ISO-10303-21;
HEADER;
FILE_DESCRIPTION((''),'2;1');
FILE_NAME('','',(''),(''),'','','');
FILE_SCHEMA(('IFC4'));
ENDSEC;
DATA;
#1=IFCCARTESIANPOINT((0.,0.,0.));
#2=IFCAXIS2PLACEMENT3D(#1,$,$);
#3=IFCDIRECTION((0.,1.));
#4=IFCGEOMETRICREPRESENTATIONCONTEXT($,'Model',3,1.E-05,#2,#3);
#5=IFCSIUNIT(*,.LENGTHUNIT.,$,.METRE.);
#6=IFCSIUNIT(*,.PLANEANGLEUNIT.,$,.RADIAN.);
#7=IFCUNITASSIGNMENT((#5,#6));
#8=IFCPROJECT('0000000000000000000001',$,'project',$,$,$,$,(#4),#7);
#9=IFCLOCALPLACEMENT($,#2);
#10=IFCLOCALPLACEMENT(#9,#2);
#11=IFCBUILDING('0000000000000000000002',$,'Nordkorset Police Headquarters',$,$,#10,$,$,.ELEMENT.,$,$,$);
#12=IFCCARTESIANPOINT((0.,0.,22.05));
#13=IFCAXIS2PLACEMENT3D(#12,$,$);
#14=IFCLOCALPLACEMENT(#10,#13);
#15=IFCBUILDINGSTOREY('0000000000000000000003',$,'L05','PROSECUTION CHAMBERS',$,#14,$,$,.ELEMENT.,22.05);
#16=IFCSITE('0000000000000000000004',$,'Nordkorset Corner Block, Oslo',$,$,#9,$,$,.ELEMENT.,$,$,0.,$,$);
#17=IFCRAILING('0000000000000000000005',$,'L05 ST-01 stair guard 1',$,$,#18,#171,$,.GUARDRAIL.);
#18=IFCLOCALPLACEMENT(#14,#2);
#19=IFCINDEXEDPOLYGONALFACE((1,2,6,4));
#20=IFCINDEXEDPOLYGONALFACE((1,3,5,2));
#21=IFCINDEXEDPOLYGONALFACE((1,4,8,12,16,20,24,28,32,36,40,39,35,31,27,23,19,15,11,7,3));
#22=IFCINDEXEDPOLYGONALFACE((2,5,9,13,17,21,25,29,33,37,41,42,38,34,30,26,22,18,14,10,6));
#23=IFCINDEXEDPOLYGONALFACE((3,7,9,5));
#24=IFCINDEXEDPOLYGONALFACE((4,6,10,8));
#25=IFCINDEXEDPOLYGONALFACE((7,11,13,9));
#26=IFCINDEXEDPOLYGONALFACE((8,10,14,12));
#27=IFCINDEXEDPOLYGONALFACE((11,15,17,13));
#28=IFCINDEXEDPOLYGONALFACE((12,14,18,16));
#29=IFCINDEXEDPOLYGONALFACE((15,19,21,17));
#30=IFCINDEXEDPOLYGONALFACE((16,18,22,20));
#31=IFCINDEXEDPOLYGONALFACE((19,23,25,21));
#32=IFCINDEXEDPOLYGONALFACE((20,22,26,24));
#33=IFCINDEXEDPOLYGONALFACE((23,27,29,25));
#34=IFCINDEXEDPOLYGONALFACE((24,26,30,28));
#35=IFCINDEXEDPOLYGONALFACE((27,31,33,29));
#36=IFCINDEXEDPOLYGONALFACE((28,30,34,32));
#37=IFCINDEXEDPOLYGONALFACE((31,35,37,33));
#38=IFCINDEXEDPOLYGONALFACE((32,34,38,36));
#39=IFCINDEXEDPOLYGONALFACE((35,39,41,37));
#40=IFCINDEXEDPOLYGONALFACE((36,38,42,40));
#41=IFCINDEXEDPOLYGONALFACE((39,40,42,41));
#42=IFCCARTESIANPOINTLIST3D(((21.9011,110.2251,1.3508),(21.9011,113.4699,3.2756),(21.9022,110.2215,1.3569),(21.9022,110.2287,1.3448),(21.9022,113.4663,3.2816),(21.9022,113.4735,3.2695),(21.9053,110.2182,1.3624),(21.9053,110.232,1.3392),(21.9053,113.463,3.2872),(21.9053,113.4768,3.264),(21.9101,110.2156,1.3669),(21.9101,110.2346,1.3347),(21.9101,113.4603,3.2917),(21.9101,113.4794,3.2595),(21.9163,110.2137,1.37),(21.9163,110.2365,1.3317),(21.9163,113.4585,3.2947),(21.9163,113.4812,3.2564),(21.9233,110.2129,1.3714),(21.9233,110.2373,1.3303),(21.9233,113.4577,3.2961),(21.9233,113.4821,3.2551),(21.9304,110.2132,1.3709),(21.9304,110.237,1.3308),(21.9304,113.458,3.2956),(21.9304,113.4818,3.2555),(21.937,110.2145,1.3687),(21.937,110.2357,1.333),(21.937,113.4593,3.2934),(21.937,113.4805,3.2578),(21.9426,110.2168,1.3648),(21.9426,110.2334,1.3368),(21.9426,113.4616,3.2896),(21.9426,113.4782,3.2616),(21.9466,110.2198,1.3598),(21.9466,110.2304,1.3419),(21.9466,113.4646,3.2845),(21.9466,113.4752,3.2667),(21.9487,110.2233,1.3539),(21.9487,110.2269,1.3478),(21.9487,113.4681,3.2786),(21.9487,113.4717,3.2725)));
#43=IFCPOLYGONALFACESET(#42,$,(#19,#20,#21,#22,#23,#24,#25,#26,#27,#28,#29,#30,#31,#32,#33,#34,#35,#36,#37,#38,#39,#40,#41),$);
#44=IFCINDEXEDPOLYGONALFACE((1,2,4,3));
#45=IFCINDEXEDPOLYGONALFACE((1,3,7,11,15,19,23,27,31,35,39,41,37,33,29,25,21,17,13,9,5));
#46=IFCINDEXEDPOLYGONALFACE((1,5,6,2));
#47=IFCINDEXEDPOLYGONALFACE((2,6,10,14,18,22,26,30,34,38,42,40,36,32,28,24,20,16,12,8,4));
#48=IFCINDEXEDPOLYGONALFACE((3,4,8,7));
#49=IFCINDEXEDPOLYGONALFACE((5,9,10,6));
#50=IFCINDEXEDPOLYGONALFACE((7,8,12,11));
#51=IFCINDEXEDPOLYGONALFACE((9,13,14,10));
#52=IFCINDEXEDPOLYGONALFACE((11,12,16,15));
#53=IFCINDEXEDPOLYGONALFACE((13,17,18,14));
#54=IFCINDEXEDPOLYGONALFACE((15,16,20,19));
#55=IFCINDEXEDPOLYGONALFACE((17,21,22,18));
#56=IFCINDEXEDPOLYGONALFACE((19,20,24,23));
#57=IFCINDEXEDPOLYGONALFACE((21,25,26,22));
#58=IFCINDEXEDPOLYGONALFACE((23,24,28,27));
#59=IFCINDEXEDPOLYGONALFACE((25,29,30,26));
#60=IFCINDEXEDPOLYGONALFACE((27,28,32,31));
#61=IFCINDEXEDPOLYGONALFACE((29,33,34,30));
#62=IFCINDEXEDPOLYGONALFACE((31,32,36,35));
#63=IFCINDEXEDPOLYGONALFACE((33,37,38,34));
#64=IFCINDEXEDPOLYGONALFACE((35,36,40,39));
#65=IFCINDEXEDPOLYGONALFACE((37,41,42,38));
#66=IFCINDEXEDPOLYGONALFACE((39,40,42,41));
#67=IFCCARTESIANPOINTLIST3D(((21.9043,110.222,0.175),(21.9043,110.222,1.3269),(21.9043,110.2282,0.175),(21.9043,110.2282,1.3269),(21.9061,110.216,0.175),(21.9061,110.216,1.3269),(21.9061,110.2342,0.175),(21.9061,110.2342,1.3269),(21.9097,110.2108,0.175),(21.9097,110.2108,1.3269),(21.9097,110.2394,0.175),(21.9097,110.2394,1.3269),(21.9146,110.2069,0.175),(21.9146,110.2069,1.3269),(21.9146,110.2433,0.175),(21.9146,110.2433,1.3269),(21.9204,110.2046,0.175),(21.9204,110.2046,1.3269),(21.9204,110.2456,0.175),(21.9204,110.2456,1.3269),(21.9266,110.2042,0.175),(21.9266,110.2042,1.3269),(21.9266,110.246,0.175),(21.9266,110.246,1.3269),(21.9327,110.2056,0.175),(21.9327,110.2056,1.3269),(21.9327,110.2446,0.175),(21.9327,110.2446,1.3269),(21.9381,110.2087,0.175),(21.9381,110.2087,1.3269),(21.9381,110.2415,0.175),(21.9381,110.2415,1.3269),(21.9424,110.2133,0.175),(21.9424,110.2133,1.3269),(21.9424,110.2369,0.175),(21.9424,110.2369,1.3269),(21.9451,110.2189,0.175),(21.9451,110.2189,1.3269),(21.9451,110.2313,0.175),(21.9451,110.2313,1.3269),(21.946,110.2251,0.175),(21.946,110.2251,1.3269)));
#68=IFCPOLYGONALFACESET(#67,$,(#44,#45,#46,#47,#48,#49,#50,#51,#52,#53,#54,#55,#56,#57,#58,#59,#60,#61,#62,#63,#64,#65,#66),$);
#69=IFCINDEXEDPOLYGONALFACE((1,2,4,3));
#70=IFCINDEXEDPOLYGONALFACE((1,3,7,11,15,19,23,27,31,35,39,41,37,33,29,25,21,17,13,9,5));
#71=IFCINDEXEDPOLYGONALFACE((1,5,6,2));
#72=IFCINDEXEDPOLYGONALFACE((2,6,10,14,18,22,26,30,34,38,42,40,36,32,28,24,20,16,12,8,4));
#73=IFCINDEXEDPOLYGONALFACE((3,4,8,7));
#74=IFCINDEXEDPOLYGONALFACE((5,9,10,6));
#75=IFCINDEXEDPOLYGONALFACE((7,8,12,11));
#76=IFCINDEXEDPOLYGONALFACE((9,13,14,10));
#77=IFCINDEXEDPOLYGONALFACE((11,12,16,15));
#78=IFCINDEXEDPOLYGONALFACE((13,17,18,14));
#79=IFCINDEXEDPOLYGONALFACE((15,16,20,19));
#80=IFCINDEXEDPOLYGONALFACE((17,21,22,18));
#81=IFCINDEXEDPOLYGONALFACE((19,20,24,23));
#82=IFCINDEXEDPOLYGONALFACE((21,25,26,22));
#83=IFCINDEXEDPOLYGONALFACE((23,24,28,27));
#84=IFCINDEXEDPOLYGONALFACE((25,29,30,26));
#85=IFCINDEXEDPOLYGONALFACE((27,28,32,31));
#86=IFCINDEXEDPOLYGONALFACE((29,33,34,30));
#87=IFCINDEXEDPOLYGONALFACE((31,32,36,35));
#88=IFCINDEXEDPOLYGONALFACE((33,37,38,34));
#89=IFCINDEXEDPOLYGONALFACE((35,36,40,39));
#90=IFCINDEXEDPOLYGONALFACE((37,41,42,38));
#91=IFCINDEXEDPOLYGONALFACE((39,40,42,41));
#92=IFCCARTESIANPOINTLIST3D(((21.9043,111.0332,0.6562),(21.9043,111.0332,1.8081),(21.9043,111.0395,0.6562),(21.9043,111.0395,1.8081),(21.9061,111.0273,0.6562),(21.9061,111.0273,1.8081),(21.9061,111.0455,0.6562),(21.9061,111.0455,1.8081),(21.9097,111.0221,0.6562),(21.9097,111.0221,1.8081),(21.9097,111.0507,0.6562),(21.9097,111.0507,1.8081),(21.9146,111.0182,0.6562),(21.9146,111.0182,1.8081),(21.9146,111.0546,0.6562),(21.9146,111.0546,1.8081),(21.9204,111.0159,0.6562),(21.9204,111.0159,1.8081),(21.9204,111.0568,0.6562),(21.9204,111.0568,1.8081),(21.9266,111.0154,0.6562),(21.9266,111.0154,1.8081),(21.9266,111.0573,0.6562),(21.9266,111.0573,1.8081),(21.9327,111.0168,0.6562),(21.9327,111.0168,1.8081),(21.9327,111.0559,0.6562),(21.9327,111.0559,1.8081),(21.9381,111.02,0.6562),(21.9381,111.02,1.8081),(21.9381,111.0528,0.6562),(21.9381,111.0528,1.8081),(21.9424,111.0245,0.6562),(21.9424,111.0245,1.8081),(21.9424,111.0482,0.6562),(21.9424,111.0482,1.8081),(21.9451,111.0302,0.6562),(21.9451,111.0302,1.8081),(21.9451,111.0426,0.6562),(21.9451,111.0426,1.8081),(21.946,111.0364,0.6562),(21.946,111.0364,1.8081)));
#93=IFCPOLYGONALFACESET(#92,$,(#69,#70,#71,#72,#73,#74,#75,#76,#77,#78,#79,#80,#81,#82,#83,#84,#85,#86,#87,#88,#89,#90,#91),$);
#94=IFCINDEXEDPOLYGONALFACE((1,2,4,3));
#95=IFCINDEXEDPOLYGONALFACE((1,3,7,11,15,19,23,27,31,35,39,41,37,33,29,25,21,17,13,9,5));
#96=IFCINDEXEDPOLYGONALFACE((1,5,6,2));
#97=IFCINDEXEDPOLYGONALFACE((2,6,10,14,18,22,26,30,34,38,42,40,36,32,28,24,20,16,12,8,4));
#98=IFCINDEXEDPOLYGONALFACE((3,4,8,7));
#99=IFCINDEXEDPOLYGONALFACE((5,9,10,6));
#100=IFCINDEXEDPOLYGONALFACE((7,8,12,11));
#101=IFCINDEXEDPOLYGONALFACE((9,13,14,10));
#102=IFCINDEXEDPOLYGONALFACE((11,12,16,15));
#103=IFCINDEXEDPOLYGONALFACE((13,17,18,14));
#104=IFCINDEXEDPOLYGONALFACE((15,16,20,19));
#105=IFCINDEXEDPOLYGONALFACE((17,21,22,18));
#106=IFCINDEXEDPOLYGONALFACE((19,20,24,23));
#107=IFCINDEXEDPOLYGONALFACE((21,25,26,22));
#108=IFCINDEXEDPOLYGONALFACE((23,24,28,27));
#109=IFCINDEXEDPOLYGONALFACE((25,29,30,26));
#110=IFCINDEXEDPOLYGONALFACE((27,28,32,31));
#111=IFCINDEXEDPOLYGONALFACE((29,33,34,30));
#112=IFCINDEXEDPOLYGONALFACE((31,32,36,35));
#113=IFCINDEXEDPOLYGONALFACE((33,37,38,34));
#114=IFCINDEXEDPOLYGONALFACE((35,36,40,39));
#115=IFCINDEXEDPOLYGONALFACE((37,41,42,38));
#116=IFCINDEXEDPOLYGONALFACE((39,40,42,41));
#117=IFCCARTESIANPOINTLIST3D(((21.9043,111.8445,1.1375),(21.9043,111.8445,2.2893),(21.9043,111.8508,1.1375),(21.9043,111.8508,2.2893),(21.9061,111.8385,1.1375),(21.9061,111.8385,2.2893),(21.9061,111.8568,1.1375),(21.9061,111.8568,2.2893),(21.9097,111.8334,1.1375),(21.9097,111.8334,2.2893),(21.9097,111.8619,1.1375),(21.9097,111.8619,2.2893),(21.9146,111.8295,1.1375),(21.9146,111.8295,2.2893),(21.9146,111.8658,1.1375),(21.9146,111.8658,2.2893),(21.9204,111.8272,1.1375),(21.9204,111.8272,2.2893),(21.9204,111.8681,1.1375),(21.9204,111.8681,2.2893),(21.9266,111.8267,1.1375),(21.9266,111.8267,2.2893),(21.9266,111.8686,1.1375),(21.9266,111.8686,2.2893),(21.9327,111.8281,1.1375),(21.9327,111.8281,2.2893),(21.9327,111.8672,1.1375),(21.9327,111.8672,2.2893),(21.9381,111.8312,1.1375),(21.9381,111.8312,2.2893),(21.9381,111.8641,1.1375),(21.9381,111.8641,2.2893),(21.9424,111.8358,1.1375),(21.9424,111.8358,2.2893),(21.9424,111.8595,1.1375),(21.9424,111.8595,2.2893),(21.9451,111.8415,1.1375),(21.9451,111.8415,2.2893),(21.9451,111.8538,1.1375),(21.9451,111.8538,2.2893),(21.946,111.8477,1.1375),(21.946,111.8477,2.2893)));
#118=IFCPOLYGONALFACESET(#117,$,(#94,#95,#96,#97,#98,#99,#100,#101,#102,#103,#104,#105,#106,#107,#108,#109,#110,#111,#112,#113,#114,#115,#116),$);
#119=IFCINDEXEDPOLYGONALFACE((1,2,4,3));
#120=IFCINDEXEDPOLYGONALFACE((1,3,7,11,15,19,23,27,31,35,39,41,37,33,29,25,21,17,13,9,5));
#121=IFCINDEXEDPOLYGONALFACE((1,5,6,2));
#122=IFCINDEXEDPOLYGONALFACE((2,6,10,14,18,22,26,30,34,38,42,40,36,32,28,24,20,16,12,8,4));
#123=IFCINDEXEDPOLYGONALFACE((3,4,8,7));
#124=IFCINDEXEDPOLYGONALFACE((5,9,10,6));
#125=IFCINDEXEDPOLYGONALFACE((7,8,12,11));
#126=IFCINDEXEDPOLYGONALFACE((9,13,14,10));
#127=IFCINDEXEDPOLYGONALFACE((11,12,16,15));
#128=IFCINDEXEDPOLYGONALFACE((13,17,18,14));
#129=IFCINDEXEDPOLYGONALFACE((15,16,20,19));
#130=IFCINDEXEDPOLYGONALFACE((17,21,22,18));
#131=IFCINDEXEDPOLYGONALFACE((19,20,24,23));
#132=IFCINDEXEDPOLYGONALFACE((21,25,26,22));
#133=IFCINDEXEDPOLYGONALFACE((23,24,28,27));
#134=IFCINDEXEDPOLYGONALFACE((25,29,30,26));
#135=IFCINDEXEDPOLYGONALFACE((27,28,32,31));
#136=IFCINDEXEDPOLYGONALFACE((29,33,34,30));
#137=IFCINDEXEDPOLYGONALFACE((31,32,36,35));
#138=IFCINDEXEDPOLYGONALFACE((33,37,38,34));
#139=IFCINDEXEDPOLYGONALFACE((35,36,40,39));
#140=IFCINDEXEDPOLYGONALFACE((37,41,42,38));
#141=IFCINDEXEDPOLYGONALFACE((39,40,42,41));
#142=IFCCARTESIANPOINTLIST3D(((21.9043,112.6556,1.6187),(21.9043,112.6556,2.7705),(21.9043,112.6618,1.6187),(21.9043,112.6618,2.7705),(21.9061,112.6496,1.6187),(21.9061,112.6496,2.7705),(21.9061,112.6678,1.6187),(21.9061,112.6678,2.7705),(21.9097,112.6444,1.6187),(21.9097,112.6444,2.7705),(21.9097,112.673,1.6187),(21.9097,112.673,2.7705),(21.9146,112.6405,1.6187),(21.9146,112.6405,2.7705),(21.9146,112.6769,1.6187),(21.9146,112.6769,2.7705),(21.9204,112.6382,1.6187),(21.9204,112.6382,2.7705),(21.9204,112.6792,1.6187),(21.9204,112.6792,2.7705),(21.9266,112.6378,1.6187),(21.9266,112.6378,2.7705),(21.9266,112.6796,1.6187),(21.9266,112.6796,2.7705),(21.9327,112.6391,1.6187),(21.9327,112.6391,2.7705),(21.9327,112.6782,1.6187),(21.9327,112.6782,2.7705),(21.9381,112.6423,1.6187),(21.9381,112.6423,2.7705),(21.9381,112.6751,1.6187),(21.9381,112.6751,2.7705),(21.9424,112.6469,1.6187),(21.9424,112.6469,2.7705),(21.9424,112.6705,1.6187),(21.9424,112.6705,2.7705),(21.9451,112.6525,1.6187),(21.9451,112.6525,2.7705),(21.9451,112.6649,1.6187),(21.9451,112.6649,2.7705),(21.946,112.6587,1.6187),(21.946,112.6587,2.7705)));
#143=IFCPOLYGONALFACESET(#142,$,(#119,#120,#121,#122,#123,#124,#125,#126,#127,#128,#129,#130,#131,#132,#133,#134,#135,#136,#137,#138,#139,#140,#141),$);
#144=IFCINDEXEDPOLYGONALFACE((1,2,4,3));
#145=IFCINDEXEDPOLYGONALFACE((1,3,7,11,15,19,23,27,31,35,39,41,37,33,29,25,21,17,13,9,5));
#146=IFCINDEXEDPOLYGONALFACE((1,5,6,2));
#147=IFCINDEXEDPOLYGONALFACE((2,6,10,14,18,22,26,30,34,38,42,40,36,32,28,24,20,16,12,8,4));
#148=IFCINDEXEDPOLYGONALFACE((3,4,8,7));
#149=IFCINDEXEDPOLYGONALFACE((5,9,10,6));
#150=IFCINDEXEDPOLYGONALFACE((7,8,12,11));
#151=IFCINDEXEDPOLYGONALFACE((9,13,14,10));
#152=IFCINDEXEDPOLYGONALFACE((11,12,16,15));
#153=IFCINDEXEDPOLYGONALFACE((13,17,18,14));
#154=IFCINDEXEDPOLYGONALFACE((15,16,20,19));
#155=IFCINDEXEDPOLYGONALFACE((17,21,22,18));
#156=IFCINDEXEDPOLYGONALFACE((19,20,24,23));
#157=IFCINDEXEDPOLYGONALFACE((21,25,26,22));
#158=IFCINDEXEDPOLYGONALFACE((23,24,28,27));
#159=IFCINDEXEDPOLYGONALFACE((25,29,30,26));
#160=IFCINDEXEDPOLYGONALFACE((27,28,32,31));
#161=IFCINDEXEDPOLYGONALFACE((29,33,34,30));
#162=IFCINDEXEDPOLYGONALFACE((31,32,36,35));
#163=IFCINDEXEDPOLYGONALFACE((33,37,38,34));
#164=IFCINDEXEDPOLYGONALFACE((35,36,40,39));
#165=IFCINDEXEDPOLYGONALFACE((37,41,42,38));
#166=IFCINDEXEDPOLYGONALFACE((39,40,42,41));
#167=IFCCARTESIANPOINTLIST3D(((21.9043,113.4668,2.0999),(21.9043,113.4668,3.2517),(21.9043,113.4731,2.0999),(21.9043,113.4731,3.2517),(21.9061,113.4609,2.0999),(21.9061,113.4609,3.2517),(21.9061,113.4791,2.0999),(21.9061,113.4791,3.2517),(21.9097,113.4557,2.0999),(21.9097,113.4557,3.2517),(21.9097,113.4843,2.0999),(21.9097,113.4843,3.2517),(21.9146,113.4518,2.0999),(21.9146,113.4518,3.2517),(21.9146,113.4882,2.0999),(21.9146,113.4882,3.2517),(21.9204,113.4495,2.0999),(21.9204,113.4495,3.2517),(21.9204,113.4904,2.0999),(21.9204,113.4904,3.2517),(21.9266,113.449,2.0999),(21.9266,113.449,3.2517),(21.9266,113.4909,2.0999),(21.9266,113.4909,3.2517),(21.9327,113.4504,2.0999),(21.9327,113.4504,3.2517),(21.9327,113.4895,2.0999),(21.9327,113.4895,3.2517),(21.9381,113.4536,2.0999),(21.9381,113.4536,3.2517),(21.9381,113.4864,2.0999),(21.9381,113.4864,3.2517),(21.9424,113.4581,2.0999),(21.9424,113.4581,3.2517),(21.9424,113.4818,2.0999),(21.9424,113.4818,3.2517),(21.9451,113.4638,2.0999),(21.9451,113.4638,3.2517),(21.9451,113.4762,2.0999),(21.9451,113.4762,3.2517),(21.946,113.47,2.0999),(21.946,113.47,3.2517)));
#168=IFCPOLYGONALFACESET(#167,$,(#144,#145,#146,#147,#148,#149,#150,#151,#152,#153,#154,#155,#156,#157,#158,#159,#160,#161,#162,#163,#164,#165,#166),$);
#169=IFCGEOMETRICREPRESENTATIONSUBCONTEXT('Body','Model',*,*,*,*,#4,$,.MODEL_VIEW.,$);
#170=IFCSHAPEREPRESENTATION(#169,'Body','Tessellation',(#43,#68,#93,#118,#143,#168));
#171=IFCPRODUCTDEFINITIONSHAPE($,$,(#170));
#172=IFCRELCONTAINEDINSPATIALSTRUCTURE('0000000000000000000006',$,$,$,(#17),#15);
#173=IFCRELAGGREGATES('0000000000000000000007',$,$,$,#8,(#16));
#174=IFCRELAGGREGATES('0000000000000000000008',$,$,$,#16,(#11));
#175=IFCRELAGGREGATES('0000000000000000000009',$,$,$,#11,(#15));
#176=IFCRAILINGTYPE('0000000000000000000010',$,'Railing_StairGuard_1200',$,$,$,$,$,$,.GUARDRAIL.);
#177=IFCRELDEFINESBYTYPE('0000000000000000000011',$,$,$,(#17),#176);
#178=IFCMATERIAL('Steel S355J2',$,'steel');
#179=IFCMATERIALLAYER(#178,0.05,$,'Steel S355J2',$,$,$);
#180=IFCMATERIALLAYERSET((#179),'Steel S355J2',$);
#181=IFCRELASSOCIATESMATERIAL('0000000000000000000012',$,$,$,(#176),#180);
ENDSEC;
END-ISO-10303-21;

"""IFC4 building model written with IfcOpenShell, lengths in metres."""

from ifc_helpers import new_model, si_unit, direction, frame, origin, origin_2d, place, context, subcontext, project, spatial, circle, extrude, material, layer, layer_set, type_object, element, save


model = new_model("IFC4")

# Units and contexts
model_context = context("Model", 3, precision=1e-05, world=origin(), true_north=direction((0.0, 1.0)))
body_context = subcontext(model_context, "Body", "Model", "MODEL_VIEW")
ifc_project = project(units=[si_unit("LENGTHUNIT", "METRE"), si_unit("PLANEANGLEUNIT", "RADIAN")], contexts=[model_context])

# Site, building, storey
site_placement = place(None, origin())
site = spatial("IfcSite", under=ifc_project, at=site_placement, Name="Nordkorset Corner Block, Oslo", CompositionType="ELEMENT", RefElevation=0.0)
building_placement = place(site_placement, origin())
building = spatial("IfcBuilding", under=site, at=building_placement, Name="Nordkorset Police Headquarters", CompositionType="ELEMENT")
storey_placement = place(building_placement, frame((0.0, 0.0, 22.05)))
storey = spatial("IfcBuildingStorey", under=building, at=storey_placement, Name="L05", Description="PROSECUTION CHAMBERS", CompositionType="ELEMENT", Elevation=22.05)

# Railing
ifc_material_1 = material(Name="Steel S355J2", Category="steel")
ifc_layer_1 = layer(ifc_material_1, 0.05, Name="Steel S355J2")
ifc_layer_set_1 = layer_set([ifc_layer_1], Name="Steel S355J2")
railing_type_1 = type_object("IfcRailingType", Name="Railing_StairGuard_1200", PredefinedType="GUARDRAIL", material=ifc_layer_set_1)
railing_1_placement = place(storey_placement, frame((21.925, 110.2251, 0.175)))
element("IfcRailing", 1, at=railing_1_placement, inside=storey, type_object=railing_type_1, Name="L05 ST-01 stair guard 1", PredefinedType="GUARDRAIL", context=body_context, shape_type="SweptSolid", body=[
    extrude(circle(Radius=0.0239, at=origin_2d()), frame((0.0, 0.0, 1.1758), z_axis=(0.0, 0.860069, 0.510178), x_axis=(-1.0, 0.0, 0.0)), (0.0, 0.0, 1.0), 3.7727),
    extrude(circle(Radius=0.021, at=origin_2d()), origin(), (0.0, 0.0, 1.0), 1.1519),
    extrude(circle(Radius=0.021, at=origin_2d()), frame((0.0, 0.8113, 0.4812)), (0.0, 0.0, 1.0), 1.1519),
    extrude(circle(Radius=0.021, at=origin_2d()), frame((0.0, 1.6226, 0.9624)), (0.0, 0.0, 1.0), 1.1519),
    extrude(circle(Radius=0.021, at=origin_2d()), frame((0.0, 2.4336, 1.4436)), (0.0, 0.0, 1.0), 1.1519),
    extrude(circle(Radius=0.021, at=origin_2d()), frame((0.0, 3.2449, 1.9248)), (0.0, 0.0, 1.0), 1.1519),
])

save(model, "model.ifc")
